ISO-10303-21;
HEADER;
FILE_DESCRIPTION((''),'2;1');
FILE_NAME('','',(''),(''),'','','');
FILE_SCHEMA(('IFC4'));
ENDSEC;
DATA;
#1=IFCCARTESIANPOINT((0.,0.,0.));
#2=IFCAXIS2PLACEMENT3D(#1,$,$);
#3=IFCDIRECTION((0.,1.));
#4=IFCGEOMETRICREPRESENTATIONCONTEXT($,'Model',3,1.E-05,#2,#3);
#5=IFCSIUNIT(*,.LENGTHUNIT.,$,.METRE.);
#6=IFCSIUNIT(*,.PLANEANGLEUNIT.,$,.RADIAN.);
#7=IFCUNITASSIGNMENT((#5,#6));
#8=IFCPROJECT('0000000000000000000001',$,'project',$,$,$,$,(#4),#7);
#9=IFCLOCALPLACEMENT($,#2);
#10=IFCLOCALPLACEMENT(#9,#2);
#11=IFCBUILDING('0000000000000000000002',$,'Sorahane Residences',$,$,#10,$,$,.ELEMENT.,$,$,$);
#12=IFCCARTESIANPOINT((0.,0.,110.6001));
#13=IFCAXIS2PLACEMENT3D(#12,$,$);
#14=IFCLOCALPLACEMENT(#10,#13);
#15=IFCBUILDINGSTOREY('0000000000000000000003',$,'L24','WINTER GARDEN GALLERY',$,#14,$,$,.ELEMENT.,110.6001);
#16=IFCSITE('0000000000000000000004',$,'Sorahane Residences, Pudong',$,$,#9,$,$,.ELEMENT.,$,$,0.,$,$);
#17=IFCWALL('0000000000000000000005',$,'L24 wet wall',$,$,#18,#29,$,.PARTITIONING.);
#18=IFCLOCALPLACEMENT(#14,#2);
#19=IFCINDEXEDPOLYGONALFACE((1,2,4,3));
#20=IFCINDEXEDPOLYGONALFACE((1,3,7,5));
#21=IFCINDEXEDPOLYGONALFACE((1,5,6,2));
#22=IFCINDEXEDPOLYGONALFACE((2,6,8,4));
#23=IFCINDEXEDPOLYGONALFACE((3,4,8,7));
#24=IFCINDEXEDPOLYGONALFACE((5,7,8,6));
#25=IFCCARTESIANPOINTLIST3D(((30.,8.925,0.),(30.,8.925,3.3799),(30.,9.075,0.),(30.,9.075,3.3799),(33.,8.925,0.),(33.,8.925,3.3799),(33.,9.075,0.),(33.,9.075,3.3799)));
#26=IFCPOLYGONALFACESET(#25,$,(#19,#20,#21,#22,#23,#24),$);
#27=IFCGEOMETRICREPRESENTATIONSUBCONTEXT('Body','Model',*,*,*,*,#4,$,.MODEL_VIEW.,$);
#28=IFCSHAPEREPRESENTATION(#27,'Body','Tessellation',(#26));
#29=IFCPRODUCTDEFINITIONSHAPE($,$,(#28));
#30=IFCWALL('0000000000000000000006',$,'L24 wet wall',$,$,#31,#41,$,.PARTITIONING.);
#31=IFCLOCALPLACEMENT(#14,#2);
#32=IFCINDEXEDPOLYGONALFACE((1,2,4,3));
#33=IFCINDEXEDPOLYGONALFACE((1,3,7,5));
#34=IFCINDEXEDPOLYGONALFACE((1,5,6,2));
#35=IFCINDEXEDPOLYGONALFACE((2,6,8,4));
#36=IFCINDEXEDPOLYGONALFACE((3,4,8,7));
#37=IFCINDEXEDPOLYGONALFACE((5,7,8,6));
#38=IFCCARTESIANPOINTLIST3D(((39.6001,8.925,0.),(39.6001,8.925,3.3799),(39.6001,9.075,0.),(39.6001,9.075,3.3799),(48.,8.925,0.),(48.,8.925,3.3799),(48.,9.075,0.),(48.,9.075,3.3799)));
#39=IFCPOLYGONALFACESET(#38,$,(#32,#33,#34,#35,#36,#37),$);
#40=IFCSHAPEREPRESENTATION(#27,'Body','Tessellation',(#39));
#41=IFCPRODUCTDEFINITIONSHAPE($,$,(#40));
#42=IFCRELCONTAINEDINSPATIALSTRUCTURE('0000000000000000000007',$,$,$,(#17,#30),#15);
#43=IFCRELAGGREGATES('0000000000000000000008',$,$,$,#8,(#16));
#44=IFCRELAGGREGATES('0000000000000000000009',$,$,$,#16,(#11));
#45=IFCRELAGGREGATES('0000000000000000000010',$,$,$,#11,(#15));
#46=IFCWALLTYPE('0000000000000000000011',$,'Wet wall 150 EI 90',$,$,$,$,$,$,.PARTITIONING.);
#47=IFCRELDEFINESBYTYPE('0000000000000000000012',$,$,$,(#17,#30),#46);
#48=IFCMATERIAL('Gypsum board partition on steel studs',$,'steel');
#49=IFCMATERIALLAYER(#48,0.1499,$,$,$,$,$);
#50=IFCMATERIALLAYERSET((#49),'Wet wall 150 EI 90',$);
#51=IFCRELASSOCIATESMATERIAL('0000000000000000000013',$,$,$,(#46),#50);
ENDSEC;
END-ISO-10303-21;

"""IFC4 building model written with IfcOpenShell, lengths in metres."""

from ifc_helpers import new_model, si_unit, direction, frame, frame_2d, origin, place, context, subcontext, project, spatial, rectangle, extrude, material, layer, layer_set, type_object, element, save


model = new_model("IFC4")

# Units and contexts
model_context = context("Model", 3, precision=1e-05, world=origin(), true_north=direction((0.0, 1.0)))
body_context = subcontext(model_context, "Body", "Model", "MODEL_VIEW")
ifc_project = project(units=[si_unit("LENGTHUNIT", "METRE"), si_unit("PLANEANGLEUNIT", "RADIAN")], contexts=[model_context])

# Site, building, storey
site_placement = place(None, origin())
site = spatial("IfcSite", under=ifc_project, at=site_placement, Name="Sorahane Residences, Pudong", CompositionType="ELEMENT", RefElevation=0.0)
building_placement = place(site_placement, origin())
building = spatial("IfcBuilding", under=site, at=building_placement, Name="Sorahane Residences", CompositionType="ELEMENT")
storey_placement = place(building_placement, frame((0.0, 0.0, 110.6001)))
storey = spatial("IfcBuildingStorey", under=building, at=storey_placement, Name="L24", Description="WINTER GARDEN GALLERY", CompositionType="ELEMENT", Elevation=110.6001)

# Walls
ifc_material_1 = material(Name="Gypsum board partition on steel studs", Category="steel")
ifc_layer_1 = layer(ifc_material_1, 0.1499)
ifc_layer_set_1 = layer_set([ifc_layer_1], Name="Wet wall 150 EI 90")
wall_type_1 = type_object("IfcWallType", Name="Wet wall 150 EI 90", PredefinedType="PARTITIONING", material=ifc_layer_set_1)
wall_1_placement = place(storey_placement, frame((30.0, 9.0, 0.0), z_axis=(0.0, 0.0, 1.0), x_axis=(1.0, 0.0, 0.0)))
element("IfcWall", 1, at=wall_1_placement, inside=storey, type_object=wall_type_1, Name="L24 wet wall", PredefinedType="PARTITIONING", context=body_context, shape_type="SweptSolid", body=[
    extrude(rectangle(XDim=3.0, YDim=0.1499, at=frame_2d((1.5, 0.0))), origin(), (0.0, 0.0, 1.0), 3.3799),
])
wall_2_placement = place(storey_placement, frame((39.6001, 9.0, 0.0), z_axis=(0.0, 0.0, 1.0), x_axis=(1.0, 0.0, 0.0)))
element("IfcWall", 2, at=wall_2_placement, inside=storey, type_object=wall_type_1, Name="L24 wet wall", PredefinedType="PARTITIONING", context=body_context, shape_type="SweptSolid", body=[
    extrude(rectangle(XDim=8.3999, YDim=0.1499, at=frame_2d((4.2, 0.0))), origin(), (0.0, 0.0, 1.0), 3.3799),
])

save(model, "model.ifc")
